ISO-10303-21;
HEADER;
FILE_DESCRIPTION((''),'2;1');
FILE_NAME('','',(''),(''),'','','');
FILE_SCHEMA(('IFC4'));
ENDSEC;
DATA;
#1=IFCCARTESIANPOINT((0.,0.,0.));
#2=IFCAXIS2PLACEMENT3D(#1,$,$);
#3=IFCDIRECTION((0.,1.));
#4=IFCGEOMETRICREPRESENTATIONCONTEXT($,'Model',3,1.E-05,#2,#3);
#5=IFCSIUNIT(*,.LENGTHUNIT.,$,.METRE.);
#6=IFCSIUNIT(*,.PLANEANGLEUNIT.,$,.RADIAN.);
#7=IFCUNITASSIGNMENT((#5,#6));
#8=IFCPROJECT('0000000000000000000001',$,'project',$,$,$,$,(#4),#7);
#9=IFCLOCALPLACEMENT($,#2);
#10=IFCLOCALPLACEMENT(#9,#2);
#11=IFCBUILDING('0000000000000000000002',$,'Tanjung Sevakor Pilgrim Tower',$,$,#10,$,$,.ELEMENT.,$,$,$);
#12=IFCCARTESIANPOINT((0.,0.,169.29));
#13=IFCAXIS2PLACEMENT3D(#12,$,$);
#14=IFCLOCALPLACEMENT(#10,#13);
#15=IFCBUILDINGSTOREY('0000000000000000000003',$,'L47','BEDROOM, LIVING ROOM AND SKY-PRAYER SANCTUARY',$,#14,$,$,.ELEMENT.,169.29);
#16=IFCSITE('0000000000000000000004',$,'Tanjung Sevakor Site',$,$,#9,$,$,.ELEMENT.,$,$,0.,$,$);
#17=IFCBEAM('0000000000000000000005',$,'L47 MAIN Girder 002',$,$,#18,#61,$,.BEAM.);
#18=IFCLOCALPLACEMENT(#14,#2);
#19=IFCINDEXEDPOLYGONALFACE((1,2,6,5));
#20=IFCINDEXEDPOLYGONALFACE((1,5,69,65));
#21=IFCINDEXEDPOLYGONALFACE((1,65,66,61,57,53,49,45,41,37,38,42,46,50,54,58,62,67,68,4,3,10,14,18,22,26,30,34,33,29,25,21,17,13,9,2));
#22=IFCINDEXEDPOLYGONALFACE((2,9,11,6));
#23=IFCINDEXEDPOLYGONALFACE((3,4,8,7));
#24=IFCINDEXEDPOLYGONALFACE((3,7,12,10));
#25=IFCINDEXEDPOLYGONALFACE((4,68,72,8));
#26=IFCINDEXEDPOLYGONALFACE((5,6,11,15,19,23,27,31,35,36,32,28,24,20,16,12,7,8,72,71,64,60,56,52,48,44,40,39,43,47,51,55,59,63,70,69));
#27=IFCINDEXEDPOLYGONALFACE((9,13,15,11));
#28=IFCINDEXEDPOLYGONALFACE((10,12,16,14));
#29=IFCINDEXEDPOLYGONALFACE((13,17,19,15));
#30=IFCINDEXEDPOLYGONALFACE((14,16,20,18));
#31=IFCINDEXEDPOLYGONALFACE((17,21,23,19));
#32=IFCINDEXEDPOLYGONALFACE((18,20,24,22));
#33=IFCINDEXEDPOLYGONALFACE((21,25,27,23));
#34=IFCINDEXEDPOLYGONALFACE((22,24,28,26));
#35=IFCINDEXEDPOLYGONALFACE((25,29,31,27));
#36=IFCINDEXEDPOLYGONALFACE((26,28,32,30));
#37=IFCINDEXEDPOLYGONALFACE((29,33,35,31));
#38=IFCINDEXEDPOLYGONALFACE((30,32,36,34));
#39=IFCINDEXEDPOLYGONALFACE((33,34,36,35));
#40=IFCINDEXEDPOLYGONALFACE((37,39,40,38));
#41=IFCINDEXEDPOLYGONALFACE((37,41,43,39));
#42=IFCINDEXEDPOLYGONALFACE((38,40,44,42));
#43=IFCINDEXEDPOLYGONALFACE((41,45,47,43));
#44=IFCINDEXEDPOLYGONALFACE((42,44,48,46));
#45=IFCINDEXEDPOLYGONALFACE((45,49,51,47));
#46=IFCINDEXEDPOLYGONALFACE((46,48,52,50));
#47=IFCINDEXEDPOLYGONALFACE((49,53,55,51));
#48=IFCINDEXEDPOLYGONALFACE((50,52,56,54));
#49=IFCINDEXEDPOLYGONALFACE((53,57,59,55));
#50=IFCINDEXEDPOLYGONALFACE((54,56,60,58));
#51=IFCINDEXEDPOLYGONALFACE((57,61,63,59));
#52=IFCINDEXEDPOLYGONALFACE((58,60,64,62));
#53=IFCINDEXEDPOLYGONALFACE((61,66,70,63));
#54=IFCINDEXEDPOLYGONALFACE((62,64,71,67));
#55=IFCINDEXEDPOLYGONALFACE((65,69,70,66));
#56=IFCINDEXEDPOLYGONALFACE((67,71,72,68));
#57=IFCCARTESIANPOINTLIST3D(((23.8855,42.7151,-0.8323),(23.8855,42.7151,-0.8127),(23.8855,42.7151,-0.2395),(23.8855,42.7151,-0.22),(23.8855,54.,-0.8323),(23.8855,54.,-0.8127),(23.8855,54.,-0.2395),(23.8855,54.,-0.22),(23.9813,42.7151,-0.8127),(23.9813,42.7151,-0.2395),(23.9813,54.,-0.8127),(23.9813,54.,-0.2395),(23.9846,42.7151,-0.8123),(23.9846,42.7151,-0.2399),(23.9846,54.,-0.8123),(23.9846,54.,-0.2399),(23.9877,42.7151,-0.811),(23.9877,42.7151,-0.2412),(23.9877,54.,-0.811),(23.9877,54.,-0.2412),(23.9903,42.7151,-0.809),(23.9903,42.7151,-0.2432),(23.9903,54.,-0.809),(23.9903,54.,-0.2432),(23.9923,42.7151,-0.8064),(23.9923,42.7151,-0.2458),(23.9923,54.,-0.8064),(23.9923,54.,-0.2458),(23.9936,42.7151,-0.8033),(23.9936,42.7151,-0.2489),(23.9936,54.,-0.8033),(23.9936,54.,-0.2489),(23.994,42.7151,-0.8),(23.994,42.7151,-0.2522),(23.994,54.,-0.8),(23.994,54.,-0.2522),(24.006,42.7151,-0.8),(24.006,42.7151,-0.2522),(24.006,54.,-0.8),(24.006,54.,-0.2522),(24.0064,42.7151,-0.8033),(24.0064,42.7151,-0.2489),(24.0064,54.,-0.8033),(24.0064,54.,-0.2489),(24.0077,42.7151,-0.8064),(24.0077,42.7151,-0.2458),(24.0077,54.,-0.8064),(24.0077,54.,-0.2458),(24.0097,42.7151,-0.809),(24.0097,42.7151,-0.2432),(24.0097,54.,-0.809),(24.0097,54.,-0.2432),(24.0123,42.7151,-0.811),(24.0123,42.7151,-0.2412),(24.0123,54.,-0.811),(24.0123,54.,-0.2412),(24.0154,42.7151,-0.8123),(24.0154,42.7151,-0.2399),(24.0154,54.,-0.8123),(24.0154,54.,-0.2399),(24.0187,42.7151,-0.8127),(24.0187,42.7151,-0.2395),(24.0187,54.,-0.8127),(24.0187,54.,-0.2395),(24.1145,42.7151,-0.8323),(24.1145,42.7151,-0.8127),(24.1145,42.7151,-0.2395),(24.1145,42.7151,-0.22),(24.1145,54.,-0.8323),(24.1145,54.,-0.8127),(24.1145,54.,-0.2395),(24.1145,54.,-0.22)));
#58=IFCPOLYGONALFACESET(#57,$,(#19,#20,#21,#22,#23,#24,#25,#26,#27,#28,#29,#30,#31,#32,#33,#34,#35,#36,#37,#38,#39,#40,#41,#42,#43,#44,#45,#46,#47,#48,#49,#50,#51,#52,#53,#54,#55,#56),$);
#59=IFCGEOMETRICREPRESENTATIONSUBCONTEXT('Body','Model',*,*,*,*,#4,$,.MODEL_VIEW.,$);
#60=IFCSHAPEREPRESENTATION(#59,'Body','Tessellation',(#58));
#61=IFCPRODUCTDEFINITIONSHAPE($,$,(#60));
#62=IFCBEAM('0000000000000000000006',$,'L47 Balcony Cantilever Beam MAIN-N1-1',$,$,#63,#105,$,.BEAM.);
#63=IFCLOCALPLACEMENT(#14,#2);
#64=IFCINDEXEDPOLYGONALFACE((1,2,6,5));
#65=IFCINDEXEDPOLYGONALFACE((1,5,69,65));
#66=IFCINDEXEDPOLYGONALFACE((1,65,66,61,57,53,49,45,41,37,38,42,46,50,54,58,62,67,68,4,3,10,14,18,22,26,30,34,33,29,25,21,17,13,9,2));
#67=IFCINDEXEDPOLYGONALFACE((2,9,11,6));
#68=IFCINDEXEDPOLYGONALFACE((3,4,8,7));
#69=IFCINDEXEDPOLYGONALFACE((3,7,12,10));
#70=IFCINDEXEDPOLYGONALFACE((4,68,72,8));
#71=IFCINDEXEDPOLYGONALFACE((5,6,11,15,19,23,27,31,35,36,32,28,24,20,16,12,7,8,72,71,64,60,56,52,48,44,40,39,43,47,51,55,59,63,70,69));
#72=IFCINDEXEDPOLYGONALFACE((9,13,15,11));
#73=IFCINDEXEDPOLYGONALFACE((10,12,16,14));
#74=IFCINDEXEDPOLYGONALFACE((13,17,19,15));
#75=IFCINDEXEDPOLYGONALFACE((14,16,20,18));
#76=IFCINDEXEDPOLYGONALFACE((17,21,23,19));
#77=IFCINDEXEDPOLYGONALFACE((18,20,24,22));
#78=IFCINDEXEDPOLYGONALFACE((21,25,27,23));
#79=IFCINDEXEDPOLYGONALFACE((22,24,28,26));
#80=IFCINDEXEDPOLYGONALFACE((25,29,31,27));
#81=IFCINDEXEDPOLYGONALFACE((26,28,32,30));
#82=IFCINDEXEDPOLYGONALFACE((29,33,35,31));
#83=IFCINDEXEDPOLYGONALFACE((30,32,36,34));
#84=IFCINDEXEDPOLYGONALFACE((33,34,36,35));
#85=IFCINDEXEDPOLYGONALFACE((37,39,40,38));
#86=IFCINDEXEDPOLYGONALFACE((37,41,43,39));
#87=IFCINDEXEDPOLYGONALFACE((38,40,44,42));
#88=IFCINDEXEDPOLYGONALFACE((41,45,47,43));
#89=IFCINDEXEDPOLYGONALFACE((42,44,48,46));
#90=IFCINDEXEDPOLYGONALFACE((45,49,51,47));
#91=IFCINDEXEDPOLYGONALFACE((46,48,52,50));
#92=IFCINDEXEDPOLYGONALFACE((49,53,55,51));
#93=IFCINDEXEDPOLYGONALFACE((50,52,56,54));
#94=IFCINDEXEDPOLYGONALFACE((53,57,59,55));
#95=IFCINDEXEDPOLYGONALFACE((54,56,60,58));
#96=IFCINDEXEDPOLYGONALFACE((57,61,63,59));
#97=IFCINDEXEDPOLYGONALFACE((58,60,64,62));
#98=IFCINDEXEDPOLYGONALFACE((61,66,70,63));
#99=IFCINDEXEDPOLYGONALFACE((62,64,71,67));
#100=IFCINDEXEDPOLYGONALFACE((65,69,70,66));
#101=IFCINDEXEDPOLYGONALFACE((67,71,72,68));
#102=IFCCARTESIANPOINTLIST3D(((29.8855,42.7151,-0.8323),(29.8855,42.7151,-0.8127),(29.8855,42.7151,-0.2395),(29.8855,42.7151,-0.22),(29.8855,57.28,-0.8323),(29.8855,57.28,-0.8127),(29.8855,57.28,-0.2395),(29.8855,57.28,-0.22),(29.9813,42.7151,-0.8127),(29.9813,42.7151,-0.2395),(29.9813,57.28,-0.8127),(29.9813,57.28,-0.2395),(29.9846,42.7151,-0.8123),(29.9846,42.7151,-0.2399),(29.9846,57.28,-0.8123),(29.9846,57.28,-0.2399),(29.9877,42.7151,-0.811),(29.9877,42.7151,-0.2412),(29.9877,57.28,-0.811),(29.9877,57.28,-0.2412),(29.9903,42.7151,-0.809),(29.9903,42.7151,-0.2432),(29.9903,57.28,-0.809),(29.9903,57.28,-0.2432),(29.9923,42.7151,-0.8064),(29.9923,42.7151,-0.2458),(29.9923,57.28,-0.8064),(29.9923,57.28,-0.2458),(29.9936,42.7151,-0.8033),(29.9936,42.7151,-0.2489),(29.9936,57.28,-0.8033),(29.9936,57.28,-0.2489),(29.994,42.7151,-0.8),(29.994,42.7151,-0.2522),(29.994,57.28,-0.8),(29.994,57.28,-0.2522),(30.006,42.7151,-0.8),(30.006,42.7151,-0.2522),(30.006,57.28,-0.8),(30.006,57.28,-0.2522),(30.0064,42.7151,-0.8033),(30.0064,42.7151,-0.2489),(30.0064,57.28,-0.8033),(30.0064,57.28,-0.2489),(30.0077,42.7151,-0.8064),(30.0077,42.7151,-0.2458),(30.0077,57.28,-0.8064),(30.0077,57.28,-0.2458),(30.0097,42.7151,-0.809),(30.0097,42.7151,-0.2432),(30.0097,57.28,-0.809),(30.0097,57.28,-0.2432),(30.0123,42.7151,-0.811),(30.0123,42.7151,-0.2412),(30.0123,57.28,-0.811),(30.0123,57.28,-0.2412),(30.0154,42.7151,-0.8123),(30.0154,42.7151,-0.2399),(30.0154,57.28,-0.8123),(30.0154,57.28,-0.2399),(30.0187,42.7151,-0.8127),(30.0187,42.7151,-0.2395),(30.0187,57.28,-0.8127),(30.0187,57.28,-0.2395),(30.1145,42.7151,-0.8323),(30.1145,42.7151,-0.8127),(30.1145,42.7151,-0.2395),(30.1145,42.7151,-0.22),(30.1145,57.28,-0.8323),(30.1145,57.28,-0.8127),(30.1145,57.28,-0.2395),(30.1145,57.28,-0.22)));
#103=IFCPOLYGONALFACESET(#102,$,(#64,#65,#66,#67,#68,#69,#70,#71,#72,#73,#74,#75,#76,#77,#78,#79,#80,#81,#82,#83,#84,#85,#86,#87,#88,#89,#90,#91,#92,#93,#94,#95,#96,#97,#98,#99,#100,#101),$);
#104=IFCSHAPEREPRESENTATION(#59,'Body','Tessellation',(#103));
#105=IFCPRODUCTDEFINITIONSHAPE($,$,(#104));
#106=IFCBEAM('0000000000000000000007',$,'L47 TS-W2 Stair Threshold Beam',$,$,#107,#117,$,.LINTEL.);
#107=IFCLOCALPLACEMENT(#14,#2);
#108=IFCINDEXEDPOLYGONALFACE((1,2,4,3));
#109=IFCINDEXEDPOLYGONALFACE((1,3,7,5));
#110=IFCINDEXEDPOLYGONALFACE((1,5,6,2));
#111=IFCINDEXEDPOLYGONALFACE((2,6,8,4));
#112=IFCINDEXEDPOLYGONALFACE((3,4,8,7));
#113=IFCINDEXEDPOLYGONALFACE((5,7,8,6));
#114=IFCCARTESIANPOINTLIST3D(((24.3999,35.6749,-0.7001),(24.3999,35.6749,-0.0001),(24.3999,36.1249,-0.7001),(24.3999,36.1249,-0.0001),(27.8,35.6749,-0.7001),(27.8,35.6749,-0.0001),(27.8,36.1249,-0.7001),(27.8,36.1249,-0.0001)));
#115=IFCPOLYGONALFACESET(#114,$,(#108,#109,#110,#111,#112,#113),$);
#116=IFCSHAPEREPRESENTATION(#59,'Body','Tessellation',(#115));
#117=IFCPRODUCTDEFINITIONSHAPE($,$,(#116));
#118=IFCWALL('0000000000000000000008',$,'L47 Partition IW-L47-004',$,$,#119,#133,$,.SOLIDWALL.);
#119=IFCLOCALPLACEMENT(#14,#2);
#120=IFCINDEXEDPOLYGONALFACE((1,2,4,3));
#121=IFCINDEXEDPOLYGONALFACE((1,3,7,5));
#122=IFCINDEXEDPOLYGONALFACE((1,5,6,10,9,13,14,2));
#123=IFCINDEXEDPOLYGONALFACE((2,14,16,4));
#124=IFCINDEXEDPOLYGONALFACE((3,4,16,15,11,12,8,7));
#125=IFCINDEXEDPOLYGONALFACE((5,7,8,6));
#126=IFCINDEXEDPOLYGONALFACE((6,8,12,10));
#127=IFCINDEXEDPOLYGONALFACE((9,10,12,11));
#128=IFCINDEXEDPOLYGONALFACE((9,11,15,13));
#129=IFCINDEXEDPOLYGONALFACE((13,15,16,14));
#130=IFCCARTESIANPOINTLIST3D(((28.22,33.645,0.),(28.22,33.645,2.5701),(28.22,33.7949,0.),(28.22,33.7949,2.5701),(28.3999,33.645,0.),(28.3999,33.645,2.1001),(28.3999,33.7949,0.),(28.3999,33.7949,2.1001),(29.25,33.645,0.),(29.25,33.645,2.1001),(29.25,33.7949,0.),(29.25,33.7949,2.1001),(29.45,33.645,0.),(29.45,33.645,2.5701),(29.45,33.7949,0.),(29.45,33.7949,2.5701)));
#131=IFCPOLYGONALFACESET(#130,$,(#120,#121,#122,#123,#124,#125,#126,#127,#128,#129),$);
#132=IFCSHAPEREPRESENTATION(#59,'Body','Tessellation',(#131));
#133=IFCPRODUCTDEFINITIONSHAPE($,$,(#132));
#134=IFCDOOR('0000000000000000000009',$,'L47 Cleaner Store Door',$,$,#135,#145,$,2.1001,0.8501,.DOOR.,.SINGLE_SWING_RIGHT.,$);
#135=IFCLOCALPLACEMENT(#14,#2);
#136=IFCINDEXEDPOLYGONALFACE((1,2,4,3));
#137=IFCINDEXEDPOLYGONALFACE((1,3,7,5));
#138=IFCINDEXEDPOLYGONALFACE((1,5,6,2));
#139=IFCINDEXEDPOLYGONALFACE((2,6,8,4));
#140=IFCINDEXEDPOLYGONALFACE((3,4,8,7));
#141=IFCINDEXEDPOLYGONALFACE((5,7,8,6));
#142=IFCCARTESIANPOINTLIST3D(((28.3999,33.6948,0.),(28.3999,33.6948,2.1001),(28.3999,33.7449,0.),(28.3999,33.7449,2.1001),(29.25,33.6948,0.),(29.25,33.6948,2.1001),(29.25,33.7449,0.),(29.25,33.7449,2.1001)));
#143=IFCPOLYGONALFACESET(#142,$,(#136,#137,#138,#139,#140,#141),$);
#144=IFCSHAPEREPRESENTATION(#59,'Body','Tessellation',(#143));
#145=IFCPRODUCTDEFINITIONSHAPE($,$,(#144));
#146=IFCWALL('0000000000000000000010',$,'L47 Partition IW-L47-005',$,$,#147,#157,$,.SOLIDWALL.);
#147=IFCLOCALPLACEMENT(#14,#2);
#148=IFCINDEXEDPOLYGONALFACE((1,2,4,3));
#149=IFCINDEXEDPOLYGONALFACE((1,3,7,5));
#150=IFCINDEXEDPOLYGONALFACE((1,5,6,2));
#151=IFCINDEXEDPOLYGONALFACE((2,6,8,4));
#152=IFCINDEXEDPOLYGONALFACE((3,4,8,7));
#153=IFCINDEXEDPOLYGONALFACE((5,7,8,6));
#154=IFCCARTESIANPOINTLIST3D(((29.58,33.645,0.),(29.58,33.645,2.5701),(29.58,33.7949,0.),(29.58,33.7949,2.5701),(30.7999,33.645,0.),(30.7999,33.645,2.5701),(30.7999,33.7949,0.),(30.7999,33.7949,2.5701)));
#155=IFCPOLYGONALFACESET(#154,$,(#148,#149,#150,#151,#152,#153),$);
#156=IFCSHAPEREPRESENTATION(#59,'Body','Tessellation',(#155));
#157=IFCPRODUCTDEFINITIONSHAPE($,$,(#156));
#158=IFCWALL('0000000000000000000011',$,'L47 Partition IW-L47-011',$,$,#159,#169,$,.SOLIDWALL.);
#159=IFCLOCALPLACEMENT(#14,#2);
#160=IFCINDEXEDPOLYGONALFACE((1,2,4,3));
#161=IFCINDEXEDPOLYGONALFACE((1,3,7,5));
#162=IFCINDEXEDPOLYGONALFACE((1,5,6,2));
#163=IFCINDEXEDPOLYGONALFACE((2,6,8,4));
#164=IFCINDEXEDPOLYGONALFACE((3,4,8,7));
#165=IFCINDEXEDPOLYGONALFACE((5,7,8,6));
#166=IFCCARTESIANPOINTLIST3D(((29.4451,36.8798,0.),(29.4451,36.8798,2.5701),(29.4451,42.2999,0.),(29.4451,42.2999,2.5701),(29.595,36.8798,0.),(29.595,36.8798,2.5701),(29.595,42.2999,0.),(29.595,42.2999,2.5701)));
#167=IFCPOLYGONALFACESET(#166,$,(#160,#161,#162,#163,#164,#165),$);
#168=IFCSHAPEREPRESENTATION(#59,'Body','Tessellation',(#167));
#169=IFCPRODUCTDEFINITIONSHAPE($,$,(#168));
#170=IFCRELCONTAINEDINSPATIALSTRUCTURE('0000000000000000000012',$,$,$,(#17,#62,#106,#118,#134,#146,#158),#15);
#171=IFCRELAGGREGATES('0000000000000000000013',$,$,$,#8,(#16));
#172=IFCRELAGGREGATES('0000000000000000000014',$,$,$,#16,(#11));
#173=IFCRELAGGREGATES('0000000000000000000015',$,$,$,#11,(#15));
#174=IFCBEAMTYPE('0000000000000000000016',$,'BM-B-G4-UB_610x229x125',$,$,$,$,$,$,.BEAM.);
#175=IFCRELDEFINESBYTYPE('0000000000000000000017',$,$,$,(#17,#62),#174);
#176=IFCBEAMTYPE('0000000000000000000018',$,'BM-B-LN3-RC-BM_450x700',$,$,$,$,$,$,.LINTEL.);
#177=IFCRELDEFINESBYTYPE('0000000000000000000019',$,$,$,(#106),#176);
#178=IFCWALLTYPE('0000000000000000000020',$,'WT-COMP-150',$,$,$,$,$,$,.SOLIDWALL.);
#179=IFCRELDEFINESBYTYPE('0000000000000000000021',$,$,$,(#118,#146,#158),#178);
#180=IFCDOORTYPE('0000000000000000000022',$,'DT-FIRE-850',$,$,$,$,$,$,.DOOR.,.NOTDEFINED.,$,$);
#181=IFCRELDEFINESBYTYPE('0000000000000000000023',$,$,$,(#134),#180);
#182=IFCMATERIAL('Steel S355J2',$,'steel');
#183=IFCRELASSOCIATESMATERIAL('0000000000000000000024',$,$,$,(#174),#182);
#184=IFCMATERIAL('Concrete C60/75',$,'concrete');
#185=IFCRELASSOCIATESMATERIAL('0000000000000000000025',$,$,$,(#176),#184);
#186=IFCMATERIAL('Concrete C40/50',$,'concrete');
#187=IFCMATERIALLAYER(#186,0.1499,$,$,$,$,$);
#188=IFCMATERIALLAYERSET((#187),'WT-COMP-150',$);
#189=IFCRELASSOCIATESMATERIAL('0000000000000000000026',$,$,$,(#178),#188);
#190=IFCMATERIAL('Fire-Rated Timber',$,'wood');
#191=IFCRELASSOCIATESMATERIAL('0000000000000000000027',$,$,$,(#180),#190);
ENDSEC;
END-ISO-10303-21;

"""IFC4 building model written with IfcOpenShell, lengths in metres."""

from ifc_helpers import new_model, si_unit, direction, frame, frame_2d, origin, origin_2d, place, context, subcontext, project, spatial, rectangle, i_section, extrude, material, layer, layer_set, material_profile, profile_set, type_object, element, fill, save


model = new_model("IFC4")

# Units and contexts
model_context = context("Model", 3, precision=1e-05, world=origin(), true_north=direction((0.0, 1.0)))
body_context = subcontext(model_context, "Body", "Model", "MODEL_VIEW")
ifc_project = project(units=[si_unit("LENGTHUNIT", "METRE"), si_unit("PLANEANGLEUNIT", "RADIAN")], contexts=[model_context])

# Site, building, storey
site_placement = place(None, origin())
site = spatial("IfcSite", under=ifc_project, at=site_placement, Name="Tanjung Sevakor Site", CompositionType="ELEMENT", RefElevation=0.0)
building_placement = place(site_placement, origin())
building = spatial("IfcBuilding", under=site, at=building_placement, Name="Tanjung Sevakor Pilgrim Tower", CompositionType="ELEMENT")
storey_placement = place(building_placement, frame((0.0, 0.0, 169.29)))
storey = spatial("IfcBuildingStorey", under=building, at=storey_placement, Name="L47", Description="BEDROOM, LIVING ROOM AND SKY-PRAYER SANCTUARY", CompositionType="ELEMENT", Elevation=169.29)

# Beams
ifc_material_1 = material(Name="Steel S355J2", Category="steel")
ifc_material_profile_1 = material_profile(ifc_material_1, i_section(OverallWidth=0.229, OverallDepth=0.6123, WebThickness=0.012, FlangeThickness=0.0195, FilletRadius=0.0127, at=origin_2d()))
ifc_profile_set_1 = profile_set([ifc_material_profile_1], Name="Steel S355J2")
beam_type_1 = type_object("IfcBeamType", Name="BM-B-G4-UB_610x229x125", PredefinedType="BEAM", material=ifc_profile_set_1)
beam_1_placement = place(storey_placement, frame((24.0, 42.7151, -0.5261), z_axis=(0.0, 1.0, 0.0), x_axis=(-1.0, 0.0, 0.0)))
element("IfcBeam", 1, at=beam_1_placement, inside=storey, type_object=beam_type_1, Name="L47 MAIN Girder 002", PredefinedType="BEAM", context=body_context, shape_type="SweptSolid", body=[
    extrude(i_section(OverallWidth=0.229, OverallDepth=0.6123, WebThickness=0.012, FlangeThickness=0.0195, FilletRadius=0.0127, at=origin_2d()), origin(), (0.0, 0.0, 1.0), 11.2849),
])
beam_2_placement = place(storey_placement, frame((30.0, 42.7151, -0.5261), z_axis=(0.0, 1.0, 0.0), x_axis=(-1.0, 0.0, 0.0)))
element("IfcBeam", 2, at=beam_2_placement, inside=storey, type_object=beam_type_1, Name="L47 Balcony Cantilever Beam MAIN-N1-1", PredefinedType="BEAM", context=body_context, shape_type="SweptSolid", body=[
    extrude(i_section(OverallWidth=0.229, OverallDepth=0.6123, WebThickness=0.012, FlangeThickness=0.0195, FilletRadius=0.0127, at=origin_2d()), origin(), (0.0, 0.0, 1.0), 14.5649),
])
ifc_material_2 = material(Name="Concrete C60/75", Category="concrete")
ifc_material_profile_2 = material_profile(ifc_material_2, rectangle(XDim=0.45, YDim=0.7, at=origin_2d()))
ifc_profile_set_2 = profile_set([ifc_material_profile_2], Name="Concrete C60/75")
beam_type_2 = type_object("IfcBeamType", Name="BM-B-LN3-RC-BM_450x700", PredefinedType="LINTEL", material=ifc_profile_set_2)
beam_3_placement = place(storey_placement, frame((24.3999, 35.8999, -0.3501), z_axis=(1.0, 0.0, 0.0), x_axis=(0.0, 1.0, 0.0)))
element("IfcBeam", 3, at=beam_3_placement, inside=storey, type_object=beam_type_2, Name="L47 TS-W2 Stair Threshold Beam", PredefinedType="LINTEL", context=body_context, shape_type="SweptSolid", body=[
    extrude(rectangle(XDim=0.45, YDim=0.7, at=origin_2d()), origin(), (0.0, 0.0, 1.0), 3.4001),
])

# Wall, opening, door
ifc_material_3 = material(Name="Concrete C40/50", Category="concrete")
ifc_layer_1 = layer(ifc_material_3, 0.1499)
ifc_layer_set_1 = layer_set([ifc_layer_1], Name="WT-COMP-150")
wall_type_1 = type_object("IfcWallType", Name="WT-COMP-150", PredefinedType="SOLIDWALL", material=ifc_layer_set_1)
wall_1_placement = place(storey_placement, frame((28.22, 33.72, 0.0), z_axis=(0.0, 0.0, 1.0), x_axis=(1.0, 0.0, 0.0)))
wall_1 = element("IfcWall", 4, at=wall_1_placement, inside=storey, type_object=wall_type_1, Name="L47 Partition IW-L47-004", PredefinedType="SOLIDWALL", context=body_context, shape_type="SweptSolid", body=[
    extrude(rectangle(XDim=1.23, YDim=0.1499, at=frame_2d((0.615, 0.0))), origin(), (0.0, 0.0, 1.0), 2.5701),
])
opening_1_placement = place(wall_1_placement, frame((0.1799, 0.0, 0.0)))
opening_1 = element("IfcOpeningElement", 5, at=opening_1_placement, cuts=wall_1, PredefinedType="OPENING", context=body_context, shape_type="SweptSolid", body=[
    extrude(rectangle(XDim=0.8501, YDim=2.1001, at=frame_2d((0.425, 1.05))), frame((0.0, 0.085, 0.0), z_axis=(0.0, -1.0, 0.0), x_axis=(1.0, 0.0, 0.0)), (0.0, 0.0, 1.0), 0.1699),
])
ifc_material_4 = material(Name="Fire-Rated Timber", Category="wood")
door_type = type_object("IfcDoorType", Name="DT-FIRE-850", OperationType="NOTDEFINED", PredefinedType="DOOR", material=ifc_material_4)
door_1_placement = place(opening_1_placement, origin())
door_1 = element("IfcDoor", 6, at=door_1_placement, inside=storey, type_object=door_type, Name="L47 Cleaner Store Door", OperationType="SINGLE_SWING_RIGHT", OverallHeight=2.1001, OverallWidth=0.8501, PredefinedType="DOOR", context=body_context, shape_type="SweptSolid", body=[
    extrude(rectangle(XDim=0.8501, YDim=2.1001, at=frame_2d((0.425, 1.05))), frame((0.0, 0.0249, 0.0), z_axis=(0.0, -1.0, 0.0), x_axis=(1.0, 0.0, 0.0)), (0.0, 0.0, 1.0), 0.05),
])
fill(opening_1, door_1)

# Walls
wall_2_placement = place(storey_placement, frame((29.5801, 33.72, 0.0), z_axis=(0.0, 0.0, 1.0), x_axis=(1.0, 0.0, 0.0)))
element("IfcWall", 7, at=wall_2_placement, inside=storey, type_object=wall_type_1, Name="L47 Partition IW-L47-005", PredefinedType="SOLIDWALL", context=body_context, shape_type="SweptSolid", body=[
    extrude(rectangle(XDim=1.22, YDim=0.1499, at=frame_2d((0.6099, 0.0))), origin(), (0.0, 0.0, 1.0), 2.5701),
])
wall_3_placement = place(storey_placement, frame((29.52, 36.8799, 0.0), z_axis=(0.0, 0.0, 1.0), x_axis=(0.0, 1.0, 0.0)))
element("IfcWall", 8, at=wall_3_placement, inside=storey, type_object=wall_type_1, Name="L47 Partition IW-L47-011", PredefinedType="SOLIDWALL", context=body_context, shape_type="SweptSolid", body=[
    extrude(rectangle(XDim=5.4202, YDim=0.1499, at=frame_2d((2.71, 0.0))), origin(), (0.0, 0.0, 1.0), 2.5701),
])

save(model, "model.ifc")
